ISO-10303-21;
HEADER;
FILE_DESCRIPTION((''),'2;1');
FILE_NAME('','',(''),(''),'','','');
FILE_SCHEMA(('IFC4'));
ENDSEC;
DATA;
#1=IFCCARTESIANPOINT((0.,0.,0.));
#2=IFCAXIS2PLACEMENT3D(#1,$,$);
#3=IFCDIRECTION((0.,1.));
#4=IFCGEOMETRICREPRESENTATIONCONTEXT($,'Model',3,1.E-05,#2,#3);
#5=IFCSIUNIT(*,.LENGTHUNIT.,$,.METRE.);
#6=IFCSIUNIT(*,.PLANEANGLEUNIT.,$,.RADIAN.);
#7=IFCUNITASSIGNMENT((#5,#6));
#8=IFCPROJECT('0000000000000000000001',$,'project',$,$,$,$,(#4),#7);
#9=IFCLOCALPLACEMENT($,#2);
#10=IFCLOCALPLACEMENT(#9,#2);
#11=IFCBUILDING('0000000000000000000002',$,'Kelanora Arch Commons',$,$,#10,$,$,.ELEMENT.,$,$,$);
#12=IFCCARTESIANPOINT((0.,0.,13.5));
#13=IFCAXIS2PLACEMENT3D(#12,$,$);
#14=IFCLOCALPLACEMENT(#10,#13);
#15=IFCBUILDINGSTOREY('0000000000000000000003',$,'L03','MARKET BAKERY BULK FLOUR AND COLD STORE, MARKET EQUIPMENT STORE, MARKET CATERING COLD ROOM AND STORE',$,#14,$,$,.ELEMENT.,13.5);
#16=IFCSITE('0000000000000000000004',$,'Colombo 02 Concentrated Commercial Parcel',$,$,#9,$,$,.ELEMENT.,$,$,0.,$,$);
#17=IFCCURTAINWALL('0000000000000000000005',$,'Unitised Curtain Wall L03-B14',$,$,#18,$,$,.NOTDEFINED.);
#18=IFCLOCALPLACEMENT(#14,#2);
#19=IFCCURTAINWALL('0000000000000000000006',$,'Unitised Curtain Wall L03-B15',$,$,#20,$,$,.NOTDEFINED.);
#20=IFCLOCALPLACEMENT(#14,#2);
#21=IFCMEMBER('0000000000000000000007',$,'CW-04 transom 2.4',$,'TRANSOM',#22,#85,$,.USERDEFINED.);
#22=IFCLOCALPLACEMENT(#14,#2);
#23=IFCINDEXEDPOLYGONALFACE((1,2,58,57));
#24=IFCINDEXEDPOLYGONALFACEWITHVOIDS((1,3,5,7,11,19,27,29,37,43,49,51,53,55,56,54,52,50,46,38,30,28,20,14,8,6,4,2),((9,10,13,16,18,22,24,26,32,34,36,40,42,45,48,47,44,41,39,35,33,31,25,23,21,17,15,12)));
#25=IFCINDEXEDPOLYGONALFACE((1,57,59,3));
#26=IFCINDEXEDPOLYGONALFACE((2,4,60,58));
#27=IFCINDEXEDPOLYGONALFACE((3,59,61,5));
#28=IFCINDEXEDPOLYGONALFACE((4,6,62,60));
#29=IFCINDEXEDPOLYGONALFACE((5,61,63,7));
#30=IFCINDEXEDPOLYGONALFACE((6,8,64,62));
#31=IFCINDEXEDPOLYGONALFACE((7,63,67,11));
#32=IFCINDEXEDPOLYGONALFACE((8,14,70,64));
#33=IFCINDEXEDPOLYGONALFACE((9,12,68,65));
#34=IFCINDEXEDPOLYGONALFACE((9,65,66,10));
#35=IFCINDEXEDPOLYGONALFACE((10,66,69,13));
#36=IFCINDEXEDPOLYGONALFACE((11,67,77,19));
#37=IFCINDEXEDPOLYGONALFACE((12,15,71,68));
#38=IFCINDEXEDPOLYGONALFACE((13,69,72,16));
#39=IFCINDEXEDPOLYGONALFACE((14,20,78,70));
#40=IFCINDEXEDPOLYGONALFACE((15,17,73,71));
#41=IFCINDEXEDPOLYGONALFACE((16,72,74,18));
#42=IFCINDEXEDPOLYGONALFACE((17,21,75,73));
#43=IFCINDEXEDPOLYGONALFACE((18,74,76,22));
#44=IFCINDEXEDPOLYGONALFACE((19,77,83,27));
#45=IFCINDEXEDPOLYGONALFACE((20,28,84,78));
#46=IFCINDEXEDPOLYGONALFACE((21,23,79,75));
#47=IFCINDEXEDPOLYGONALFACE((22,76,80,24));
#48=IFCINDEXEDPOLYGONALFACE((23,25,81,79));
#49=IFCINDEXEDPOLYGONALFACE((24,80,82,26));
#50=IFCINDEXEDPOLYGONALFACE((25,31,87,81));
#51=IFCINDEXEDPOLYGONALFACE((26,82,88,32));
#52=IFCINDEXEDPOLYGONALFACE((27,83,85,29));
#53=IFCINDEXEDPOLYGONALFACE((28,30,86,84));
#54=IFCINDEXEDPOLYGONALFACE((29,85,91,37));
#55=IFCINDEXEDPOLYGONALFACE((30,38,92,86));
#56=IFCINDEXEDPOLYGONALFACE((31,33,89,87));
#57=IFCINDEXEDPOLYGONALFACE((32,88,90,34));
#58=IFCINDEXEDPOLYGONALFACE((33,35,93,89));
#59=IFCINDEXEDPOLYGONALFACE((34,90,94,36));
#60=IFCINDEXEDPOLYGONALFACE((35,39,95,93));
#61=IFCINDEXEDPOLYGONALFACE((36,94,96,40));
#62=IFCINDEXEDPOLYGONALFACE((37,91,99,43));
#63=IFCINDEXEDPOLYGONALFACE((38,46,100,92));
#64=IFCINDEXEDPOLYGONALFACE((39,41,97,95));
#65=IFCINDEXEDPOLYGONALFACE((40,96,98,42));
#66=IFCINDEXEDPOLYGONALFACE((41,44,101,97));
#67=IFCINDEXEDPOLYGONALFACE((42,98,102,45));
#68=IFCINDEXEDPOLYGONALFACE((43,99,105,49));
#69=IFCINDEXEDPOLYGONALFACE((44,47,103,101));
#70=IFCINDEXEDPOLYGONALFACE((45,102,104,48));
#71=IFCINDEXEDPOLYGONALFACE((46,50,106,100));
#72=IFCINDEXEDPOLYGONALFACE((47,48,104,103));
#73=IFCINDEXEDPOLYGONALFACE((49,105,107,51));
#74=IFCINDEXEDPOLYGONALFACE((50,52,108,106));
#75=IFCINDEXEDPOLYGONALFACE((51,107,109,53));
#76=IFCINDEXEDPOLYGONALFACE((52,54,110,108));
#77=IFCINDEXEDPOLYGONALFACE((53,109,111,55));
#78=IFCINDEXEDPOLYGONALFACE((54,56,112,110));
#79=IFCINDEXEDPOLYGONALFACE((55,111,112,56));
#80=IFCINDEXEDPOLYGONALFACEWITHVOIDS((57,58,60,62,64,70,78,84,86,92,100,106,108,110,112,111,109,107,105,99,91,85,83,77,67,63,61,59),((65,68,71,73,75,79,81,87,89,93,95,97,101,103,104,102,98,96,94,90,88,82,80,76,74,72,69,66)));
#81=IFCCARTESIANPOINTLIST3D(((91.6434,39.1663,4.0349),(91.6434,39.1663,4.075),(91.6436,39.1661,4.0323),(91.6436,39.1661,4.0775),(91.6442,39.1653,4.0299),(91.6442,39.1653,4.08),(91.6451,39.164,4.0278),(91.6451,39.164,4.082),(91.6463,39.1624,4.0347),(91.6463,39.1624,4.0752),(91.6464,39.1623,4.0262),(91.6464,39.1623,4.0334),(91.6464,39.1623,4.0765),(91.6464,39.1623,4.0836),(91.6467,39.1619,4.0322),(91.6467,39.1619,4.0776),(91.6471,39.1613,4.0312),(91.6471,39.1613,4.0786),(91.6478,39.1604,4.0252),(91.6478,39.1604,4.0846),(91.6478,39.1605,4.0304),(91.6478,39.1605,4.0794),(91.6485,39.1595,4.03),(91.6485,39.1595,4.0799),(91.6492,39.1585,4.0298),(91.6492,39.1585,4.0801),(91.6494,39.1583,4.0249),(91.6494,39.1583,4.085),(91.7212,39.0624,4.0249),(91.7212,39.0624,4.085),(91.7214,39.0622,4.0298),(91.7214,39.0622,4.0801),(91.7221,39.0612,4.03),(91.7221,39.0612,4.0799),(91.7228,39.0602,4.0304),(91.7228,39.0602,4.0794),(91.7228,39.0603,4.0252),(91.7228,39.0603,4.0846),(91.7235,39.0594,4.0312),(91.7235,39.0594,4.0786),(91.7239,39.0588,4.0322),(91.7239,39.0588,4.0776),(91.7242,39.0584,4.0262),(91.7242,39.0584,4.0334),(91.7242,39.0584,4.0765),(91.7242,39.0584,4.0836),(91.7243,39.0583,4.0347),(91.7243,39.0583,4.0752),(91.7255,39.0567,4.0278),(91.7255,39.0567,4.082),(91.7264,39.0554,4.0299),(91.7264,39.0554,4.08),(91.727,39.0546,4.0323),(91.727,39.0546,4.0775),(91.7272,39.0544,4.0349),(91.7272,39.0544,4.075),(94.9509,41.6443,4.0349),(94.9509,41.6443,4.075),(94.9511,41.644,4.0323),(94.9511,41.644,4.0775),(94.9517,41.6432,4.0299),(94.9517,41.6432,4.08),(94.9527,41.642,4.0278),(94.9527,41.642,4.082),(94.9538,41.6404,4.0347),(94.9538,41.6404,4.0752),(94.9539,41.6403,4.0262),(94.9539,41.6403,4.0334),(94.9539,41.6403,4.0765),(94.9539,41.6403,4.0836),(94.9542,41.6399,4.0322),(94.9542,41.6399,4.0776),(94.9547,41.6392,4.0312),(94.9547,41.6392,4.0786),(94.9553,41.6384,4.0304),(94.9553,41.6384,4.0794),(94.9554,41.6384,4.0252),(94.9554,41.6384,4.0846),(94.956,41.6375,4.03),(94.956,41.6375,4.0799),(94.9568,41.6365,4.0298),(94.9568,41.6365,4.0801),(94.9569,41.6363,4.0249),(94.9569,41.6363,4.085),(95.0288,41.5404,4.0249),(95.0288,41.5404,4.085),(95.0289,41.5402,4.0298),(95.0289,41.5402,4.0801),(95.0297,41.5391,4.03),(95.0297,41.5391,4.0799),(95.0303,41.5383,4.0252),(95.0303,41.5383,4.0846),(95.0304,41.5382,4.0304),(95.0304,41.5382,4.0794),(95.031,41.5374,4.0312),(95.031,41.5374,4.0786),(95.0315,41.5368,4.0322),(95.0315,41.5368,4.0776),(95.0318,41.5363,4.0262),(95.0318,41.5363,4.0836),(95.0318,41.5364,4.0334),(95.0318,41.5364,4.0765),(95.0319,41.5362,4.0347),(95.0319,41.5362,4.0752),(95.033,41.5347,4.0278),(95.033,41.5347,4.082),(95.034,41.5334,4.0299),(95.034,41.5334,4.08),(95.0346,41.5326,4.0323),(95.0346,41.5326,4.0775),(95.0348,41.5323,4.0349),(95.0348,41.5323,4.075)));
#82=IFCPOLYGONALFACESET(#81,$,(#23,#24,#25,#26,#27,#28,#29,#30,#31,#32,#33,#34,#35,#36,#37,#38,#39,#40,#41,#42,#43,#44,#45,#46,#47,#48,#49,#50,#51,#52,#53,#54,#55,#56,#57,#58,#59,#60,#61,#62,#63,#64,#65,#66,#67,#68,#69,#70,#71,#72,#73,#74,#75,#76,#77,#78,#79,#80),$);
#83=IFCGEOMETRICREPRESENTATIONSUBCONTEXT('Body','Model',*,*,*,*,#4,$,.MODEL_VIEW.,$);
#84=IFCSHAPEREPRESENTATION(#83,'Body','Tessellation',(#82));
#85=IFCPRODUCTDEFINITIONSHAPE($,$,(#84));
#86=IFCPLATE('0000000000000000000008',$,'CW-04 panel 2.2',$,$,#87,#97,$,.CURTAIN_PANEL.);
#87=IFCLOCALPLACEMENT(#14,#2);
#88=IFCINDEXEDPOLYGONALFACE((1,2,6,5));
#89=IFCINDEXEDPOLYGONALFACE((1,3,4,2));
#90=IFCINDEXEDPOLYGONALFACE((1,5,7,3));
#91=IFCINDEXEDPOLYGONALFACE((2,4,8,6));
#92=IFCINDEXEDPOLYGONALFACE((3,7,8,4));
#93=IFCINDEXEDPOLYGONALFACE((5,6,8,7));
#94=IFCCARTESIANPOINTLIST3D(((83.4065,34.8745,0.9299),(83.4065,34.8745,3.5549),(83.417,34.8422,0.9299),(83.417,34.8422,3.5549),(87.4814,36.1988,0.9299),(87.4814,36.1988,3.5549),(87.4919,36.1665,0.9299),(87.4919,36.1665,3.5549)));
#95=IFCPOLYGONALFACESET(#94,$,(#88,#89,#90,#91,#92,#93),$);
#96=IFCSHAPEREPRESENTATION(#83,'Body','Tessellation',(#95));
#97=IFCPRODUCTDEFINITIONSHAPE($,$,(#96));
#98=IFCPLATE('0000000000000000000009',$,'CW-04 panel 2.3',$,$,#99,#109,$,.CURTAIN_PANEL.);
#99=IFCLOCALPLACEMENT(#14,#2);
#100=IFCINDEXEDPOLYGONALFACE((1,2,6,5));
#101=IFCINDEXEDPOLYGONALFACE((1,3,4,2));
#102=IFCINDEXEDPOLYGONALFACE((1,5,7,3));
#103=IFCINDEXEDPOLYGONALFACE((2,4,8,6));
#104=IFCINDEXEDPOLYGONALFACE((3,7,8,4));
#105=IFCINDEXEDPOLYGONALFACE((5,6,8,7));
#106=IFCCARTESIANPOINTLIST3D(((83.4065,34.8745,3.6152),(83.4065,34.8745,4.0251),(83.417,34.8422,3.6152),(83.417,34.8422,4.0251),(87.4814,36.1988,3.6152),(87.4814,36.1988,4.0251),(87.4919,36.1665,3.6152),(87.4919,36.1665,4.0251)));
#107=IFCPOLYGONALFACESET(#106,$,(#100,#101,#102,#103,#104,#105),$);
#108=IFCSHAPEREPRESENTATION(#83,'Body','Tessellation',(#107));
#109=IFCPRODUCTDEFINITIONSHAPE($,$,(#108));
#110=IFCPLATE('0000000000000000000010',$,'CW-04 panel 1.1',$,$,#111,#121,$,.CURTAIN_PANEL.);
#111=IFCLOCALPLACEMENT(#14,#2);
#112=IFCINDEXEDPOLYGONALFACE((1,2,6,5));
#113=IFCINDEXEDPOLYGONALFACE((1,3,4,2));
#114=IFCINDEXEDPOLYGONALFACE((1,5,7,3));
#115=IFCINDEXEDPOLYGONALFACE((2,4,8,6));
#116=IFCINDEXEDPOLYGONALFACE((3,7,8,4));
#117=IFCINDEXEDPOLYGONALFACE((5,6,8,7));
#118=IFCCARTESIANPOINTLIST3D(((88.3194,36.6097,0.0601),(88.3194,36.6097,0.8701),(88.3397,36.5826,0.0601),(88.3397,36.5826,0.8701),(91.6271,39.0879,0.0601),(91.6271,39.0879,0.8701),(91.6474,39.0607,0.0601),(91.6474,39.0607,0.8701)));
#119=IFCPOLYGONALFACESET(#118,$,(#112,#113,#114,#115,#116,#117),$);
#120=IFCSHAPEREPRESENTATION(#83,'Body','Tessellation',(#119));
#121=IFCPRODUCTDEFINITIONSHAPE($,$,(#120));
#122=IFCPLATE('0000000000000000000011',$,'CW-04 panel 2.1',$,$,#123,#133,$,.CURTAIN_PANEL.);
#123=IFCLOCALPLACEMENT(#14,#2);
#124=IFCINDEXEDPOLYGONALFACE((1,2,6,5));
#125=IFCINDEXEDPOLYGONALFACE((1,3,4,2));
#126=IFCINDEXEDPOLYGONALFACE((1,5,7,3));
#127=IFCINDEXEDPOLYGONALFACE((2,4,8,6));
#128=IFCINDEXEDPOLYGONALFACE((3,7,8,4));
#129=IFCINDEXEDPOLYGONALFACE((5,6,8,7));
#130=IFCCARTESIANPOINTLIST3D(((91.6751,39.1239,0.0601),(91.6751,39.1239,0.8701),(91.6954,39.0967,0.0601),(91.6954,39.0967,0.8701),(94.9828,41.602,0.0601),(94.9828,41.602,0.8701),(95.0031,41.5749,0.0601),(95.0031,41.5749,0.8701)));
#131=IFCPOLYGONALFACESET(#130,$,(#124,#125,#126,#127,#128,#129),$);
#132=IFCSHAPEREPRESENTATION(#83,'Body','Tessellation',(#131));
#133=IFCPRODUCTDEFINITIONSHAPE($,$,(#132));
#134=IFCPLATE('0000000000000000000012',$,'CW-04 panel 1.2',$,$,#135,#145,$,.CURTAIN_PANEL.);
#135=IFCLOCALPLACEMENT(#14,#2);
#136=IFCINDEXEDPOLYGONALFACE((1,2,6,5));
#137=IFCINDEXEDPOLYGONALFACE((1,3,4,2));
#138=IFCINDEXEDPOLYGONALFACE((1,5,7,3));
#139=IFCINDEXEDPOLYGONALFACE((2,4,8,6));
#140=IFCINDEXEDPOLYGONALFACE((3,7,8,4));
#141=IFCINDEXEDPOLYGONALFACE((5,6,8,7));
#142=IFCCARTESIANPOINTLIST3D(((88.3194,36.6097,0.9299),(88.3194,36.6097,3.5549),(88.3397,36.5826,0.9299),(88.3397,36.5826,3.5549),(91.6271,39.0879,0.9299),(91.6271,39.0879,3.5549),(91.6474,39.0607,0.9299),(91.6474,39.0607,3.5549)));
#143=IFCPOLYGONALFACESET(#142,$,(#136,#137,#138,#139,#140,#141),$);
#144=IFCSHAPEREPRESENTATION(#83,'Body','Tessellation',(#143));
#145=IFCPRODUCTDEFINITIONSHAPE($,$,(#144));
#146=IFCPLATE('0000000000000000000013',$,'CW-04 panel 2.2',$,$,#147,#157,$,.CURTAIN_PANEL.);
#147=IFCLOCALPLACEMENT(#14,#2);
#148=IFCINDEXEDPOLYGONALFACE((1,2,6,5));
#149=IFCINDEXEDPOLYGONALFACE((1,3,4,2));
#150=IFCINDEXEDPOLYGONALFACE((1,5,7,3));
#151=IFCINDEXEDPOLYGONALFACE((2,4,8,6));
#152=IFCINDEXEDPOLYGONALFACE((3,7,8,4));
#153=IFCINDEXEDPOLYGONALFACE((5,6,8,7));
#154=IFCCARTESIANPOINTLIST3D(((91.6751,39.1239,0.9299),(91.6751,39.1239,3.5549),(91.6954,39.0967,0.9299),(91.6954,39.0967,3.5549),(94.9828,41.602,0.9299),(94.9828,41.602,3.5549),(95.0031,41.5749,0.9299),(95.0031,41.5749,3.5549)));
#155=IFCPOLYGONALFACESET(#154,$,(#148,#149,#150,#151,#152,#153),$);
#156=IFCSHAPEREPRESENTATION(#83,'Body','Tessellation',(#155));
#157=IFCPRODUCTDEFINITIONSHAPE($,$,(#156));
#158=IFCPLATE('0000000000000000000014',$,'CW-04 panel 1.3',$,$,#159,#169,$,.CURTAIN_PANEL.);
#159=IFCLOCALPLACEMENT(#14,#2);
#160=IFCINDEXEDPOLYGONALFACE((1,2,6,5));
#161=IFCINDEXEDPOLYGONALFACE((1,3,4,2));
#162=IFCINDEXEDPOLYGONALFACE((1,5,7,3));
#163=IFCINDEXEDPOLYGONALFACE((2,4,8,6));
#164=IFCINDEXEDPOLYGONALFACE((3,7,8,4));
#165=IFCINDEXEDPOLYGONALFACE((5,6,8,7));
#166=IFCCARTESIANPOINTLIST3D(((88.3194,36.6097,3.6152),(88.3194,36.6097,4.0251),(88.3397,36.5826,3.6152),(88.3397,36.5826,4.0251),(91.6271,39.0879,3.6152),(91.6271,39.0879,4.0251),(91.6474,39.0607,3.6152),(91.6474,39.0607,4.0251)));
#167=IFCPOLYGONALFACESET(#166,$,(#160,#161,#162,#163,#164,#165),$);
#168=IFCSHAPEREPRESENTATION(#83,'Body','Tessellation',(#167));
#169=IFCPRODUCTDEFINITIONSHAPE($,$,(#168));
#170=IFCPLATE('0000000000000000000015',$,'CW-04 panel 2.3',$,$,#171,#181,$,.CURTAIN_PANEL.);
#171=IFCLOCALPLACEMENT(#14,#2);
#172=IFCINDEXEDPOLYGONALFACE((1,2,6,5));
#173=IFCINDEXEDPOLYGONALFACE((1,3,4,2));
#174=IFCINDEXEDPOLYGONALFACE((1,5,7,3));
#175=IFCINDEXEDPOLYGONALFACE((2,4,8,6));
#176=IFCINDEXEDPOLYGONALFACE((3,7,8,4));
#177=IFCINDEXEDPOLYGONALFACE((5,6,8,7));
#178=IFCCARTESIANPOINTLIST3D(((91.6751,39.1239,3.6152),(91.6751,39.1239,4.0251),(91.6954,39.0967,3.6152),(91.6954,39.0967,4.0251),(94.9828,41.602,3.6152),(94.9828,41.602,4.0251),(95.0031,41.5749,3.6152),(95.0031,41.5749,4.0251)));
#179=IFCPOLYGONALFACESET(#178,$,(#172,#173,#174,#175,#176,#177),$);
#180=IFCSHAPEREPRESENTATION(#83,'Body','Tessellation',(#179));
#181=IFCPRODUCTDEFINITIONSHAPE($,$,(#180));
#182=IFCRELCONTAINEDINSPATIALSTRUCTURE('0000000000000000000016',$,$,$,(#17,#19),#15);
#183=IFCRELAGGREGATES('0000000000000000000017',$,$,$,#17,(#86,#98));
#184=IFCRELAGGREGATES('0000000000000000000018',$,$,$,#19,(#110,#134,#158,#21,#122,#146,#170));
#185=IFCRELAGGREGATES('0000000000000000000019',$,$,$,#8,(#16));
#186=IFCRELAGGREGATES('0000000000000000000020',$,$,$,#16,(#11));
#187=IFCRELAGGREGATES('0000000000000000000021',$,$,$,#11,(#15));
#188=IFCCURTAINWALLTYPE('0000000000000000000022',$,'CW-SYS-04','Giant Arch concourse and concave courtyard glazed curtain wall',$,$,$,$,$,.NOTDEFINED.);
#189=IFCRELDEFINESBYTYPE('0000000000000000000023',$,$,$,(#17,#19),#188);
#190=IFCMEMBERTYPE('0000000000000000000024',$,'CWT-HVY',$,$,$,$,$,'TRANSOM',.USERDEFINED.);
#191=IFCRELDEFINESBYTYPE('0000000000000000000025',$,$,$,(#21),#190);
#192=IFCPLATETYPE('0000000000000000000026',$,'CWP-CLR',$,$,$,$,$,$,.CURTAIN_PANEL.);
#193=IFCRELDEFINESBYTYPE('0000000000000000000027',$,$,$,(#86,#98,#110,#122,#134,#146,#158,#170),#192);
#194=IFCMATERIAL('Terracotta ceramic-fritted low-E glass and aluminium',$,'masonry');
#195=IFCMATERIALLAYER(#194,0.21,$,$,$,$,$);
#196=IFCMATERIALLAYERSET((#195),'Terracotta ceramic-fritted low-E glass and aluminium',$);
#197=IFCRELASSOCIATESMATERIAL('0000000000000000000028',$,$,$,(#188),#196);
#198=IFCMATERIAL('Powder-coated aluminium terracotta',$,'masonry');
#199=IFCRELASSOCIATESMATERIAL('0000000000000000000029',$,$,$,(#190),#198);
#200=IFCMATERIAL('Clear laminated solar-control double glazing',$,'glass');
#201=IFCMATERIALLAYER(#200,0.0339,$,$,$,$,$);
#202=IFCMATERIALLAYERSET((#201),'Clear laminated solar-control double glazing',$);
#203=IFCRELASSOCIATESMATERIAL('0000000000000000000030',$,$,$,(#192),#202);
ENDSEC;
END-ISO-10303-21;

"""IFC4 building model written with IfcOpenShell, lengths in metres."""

from ifc_helpers import new_model, si_unit, direction, frame, origin, origin_2d, place, context, subcontext, project, spatial, rectangle, hollow_rectangle, extrude, source, transform, mapped, material, layer, layer_set, material_profile, profile_set, type_object, element, aggregate, save


model = new_model("IFC4")

# Units and contexts
model_context = context("Model", 3, precision=1e-05, world=origin(), true_north=direction((0.0, 1.0)))
body_context = subcontext(model_context, "Body", "Model", "MODEL_VIEW")
ifc_project = project(units=[si_unit("LENGTHUNIT", "METRE"), si_unit("PLANEANGLEUNIT", "RADIAN")], contexts=[model_context])

# Site, building, storey
site_placement = place(None, origin())
site = spatial("IfcSite", under=ifc_project, at=site_placement, Name="Colombo 02 Concentrated Commercial Parcel", CompositionType="ELEMENT", RefElevation=0.0)
building_placement = place(site_placement, origin())
building = spatial("IfcBuilding", under=site, at=building_placement, Name="Kelanora Arch Commons", CompositionType="ELEMENT")
storey_placement = place(building_placement, frame((0.0, 0.0, 13.5)))
storey = spatial("IfcBuildingStorey", under=building, at=storey_placement, Name="L03", Description="MARKET BAKERY BULK FLOUR AND COLD STORE, MARKET EQUIPMENT STORE, MARKET CATERING COLD ROOM AND STORE", CompositionType="ELEMENT", Elevation=13.5)

# Curtain wall
ifc_material_1 = material(Name="Terracotta ceramic-fritted low-E glass and aluminium", Category="masonry")
ifc_layer_1 = layer(ifc_material_1, 0.21)
ifc_layer_set_1 = layer_set([ifc_layer_1], Name="Terracotta ceramic-fritted low-E glass and aluminium")
curtain_wall_type = type_object("IfcCurtainWallType", Name="CW-SYS-04", Description="Giant Arch concourse and concave courtyard glazed curtain wall", PredefinedType="NOTDEFINED", material=ifc_layer_set_1)
curtain_wall_1_placement = place(storey_placement, origin())
curtain_wall_1 = element("IfcCurtainWall", 1, at=curtain_wall_1_placement, inside=storey, type_object=curtain_wall_type, Name="Unitised Curtain Wall L03-B14", PredefinedType="NOTDEFINED")
ifc_material_2 = material(Name="Powder-coated aluminium terracotta", Category="masonry")

# Curtain wall
curtain_wall_2_placement = place(storey_placement, origin())
curtain_wall_2 = element("IfcCurtainWall", 2, at=curtain_wall_2_placement, inside=storey, type_object=curtain_wall_type, Name="Unitised Curtain Wall L03-B15", PredefinedType="NOTDEFINED")

# Member
ifc_material_profile_1 = material_profile(ifc_material_2, hollow_rectangle(XDim=0.1399, YDim=0.0601, WallThickness=0.0049, InnerFilletRadius=0.0049, OuterFilletRadius=0.01, at=origin_2d()), Name="CWT140x60")
ifc_profile_set_1 = profile_set([ifc_material_profile_1], Name="Powder-coated aluminium terracotta")
member_type_1 = type_object("IfcMemberType", Name="CWT-HVY", ElementType="TRANSOM", PredefinedType="USERDEFINED", material=ifc_profile_set_1)
member_1_placement = place(storey_placement, frame((91.6853, 39.1104, 4.0549), z_axis=(0.800312, 0.599584, 0.0), x_axis=(-0.599584, 0.800312, 0.0)))
member_1 = element("IfcMember", 3, at=member_1_placement, type_object=member_type_1, Name="CW-04 transom 2.4", ObjectType="TRANSOM", PredefinedType="USERDEFINED", context=body_context, shape_type="SweptSolid", body=[
    extrude(hollow_rectangle(XDim=0.1399, YDim=0.0601, WallThickness=0.0049, InnerFilletRadius=0.0049, OuterFilletRadius=0.01, at=origin_2d()), origin(), (0.0, 0.0, 1.0), 4.1328),
])

# Plates
ifc_material_3 = material(Name="Clear laminated solar-control double glazing", Category="glass")
ifc_layer_2 = layer(ifc_material_3, 0.0339)
ifc_layer_set_2 = layer_set([ifc_layer_2], Name="Clear laminated solar-control double glazing")
plate_type = type_object("IfcPlateType", Name="CWP-CLR", PredefinedType="CURTAIN_PANEL", material=ifc_layer_set_2)
shared_shape_1 = source(origin(), body_context, "Body", "SweptSolid", [
    extrude(rectangle(XDim=4.2847, YDim=0.0339, at=origin_2d()), origin(), (0.0, 0.0, 1.0), 2.625),
])
plate_1_placement = place(storey_placement, frame((85.4492, 35.5205, 0.9299), z_axis=(0.0, 0.0, 1.0), x_axis=(0.951039, 0.30907, 0.0)))
plate_1 = element("IfcPlate", 4, at=plate_1_placement, type_object=plate_type, Name="CW-04 panel 2.2", PredefinedType="CURTAIN_PANEL", context=body_context, shape_type="MappedRepresentation", body=[
    mapped(shared_shape_1, transform((0.0, 0.0, 0.0), scale=1.0)),
])
shared_shape_2 = source(origin(), body_context, "Body", "SweptSolid", [
    extrude(rectangle(XDim=4.2847, YDim=0.0339, at=origin_2d()), origin(), (0.0, 0.0, 1.0), 0.4099),
])
plate_2_placement = place(storey_placement, frame((85.4492, 35.5205, 3.6152), z_axis=(0.0, 0.0, 1.0), x_axis=(0.951039, 0.30907, 0.0)))
plate_2 = element("IfcPlate", 5, at=plate_2_placement, type_object=plate_type, Name="CW-04 panel 2.3", PredefinedType="CURTAIN_PANEL", context=body_context, shape_type="MappedRepresentation", body=[
    mapped(shared_shape_2, transform((0.0, 0.0, 0.0), scale=1.0)),
])
aggregate(curtain_wall_1, [plate_1, plate_2])
shared_shape_3 = source(origin(), body_context, "Body", "SweptSolid", [
    extrude(rectangle(XDim=4.1331, YDim=0.0339, at=origin_2d()), origin(), (0.0, 0.0, 1.0), 0.8101),
])
plate_3_placement = place(storey_placement, frame((89.9834, 37.8352, 0.0601), z_axis=(0.0, 0.0, 1.0), x_axis=(0.800305, 0.599593, 0.0)))
plate_3 = element("IfcPlate", 6, at=plate_3_placement, type_object=plate_type, Name="CW-04 panel 1.1", PredefinedType="CURTAIN_PANEL", context=body_context, shape_type="MappedRepresentation", body=[
    mapped(shared_shape_3, transform((0.0, 0.0, 0.0), scale=1.0)),
])
plate_4_placement = place(storey_placement, frame((93.3391, 40.3494, 0.0601), z_axis=(0.0, 0.0, 1.0), x_axis=(0.800305, 0.599593, 0.0)))
plate_4 = element("IfcPlate", 7, at=plate_4_placement, type_object=plate_type, Name="CW-04 panel 2.1", PredefinedType="CURTAIN_PANEL", context=body_context, shape_type="MappedRepresentation", body=[
    mapped(shared_shape_3, transform((0.0, 0.0, 0.0), scale=1.0)),
])
shared_shape_4 = source(origin(), body_context, "Body", "SweptSolid", [
    extrude(rectangle(XDim=4.1331, YDim=0.0339, at=origin_2d()), origin(), (0.0, 0.0, 1.0), 2.625),
])
plate_5_placement = place(storey_placement, frame((89.9834, 37.8352, 0.9299), z_axis=(0.0, 0.0, 1.0), x_axis=(0.800305, 0.599593, 0.0)))
plate_5 = element("IfcPlate", 8, at=plate_5_placement, type_object=plate_type, Name="CW-04 panel 1.2", PredefinedType="CURTAIN_PANEL", context=body_context, shape_type="MappedRepresentation", body=[
    mapped(shared_shape_4, transform((0.0, 0.0, 0.0), scale=1.0)),
])
plate_6_placement = place(storey_placement, frame((93.3391, 40.3494, 0.9299), z_axis=(0.0, 0.0, 1.0), x_axis=(0.800305, 0.599593, 0.0)))
plate_6 = element("IfcPlate", 9, at=plate_6_placement, type_object=plate_type, Name="CW-04 panel 2.2", PredefinedType="CURTAIN_PANEL", context=body_context, shape_type="MappedRepresentation", body=[
    mapped(shared_shape_4, transform((0.0, 0.0, 0.0), scale=1.0)),
])
shared_shape_5 = source(origin(), body_context, "Body", "SweptSolid", [
    extrude(rectangle(XDim=4.1331, YDim=0.0339, at=origin_2d()), origin(), (0.0, 0.0, 1.0), 0.4099),
])
plate_7_placement = place(storey_placement, frame((89.9834, 37.8352, 3.6152), z_axis=(0.0, 0.0, 1.0), x_axis=(0.800305, 0.599593, 0.0)))
plate_7 = element("IfcPlate", 10, at=plate_7_placement, type_object=plate_type, Name="CW-04 panel 1.3", PredefinedType="CURTAIN_PANEL", context=body_context, shape_type="MappedRepresentation", body=[
    mapped(shared_shape_5, transform((0.0, 0.0, 0.0), scale=1.0)),
])
plate_8_placement = place(storey_placement, frame((93.3391, 40.3494, 3.6152), z_axis=(0.0, 0.0, 1.0), x_axis=(0.800305, 0.599593, 0.0)))
plate_8 = element("IfcPlate", 11, at=plate_8_placement, type_object=plate_type, Name="CW-04 panel 2.3", PredefinedType="CURTAIN_PANEL", context=body_context, shape_type="MappedRepresentation", body=[
    mapped(shared_shape_5, transform((0.0, 0.0, 0.0), scale=1.0)),
])
aggregate(curtain_wall_2, [plate_3, plate_5, plate_7, member_1, plate_4, plate_6, plate_8])

save(model, "model.ifc")
